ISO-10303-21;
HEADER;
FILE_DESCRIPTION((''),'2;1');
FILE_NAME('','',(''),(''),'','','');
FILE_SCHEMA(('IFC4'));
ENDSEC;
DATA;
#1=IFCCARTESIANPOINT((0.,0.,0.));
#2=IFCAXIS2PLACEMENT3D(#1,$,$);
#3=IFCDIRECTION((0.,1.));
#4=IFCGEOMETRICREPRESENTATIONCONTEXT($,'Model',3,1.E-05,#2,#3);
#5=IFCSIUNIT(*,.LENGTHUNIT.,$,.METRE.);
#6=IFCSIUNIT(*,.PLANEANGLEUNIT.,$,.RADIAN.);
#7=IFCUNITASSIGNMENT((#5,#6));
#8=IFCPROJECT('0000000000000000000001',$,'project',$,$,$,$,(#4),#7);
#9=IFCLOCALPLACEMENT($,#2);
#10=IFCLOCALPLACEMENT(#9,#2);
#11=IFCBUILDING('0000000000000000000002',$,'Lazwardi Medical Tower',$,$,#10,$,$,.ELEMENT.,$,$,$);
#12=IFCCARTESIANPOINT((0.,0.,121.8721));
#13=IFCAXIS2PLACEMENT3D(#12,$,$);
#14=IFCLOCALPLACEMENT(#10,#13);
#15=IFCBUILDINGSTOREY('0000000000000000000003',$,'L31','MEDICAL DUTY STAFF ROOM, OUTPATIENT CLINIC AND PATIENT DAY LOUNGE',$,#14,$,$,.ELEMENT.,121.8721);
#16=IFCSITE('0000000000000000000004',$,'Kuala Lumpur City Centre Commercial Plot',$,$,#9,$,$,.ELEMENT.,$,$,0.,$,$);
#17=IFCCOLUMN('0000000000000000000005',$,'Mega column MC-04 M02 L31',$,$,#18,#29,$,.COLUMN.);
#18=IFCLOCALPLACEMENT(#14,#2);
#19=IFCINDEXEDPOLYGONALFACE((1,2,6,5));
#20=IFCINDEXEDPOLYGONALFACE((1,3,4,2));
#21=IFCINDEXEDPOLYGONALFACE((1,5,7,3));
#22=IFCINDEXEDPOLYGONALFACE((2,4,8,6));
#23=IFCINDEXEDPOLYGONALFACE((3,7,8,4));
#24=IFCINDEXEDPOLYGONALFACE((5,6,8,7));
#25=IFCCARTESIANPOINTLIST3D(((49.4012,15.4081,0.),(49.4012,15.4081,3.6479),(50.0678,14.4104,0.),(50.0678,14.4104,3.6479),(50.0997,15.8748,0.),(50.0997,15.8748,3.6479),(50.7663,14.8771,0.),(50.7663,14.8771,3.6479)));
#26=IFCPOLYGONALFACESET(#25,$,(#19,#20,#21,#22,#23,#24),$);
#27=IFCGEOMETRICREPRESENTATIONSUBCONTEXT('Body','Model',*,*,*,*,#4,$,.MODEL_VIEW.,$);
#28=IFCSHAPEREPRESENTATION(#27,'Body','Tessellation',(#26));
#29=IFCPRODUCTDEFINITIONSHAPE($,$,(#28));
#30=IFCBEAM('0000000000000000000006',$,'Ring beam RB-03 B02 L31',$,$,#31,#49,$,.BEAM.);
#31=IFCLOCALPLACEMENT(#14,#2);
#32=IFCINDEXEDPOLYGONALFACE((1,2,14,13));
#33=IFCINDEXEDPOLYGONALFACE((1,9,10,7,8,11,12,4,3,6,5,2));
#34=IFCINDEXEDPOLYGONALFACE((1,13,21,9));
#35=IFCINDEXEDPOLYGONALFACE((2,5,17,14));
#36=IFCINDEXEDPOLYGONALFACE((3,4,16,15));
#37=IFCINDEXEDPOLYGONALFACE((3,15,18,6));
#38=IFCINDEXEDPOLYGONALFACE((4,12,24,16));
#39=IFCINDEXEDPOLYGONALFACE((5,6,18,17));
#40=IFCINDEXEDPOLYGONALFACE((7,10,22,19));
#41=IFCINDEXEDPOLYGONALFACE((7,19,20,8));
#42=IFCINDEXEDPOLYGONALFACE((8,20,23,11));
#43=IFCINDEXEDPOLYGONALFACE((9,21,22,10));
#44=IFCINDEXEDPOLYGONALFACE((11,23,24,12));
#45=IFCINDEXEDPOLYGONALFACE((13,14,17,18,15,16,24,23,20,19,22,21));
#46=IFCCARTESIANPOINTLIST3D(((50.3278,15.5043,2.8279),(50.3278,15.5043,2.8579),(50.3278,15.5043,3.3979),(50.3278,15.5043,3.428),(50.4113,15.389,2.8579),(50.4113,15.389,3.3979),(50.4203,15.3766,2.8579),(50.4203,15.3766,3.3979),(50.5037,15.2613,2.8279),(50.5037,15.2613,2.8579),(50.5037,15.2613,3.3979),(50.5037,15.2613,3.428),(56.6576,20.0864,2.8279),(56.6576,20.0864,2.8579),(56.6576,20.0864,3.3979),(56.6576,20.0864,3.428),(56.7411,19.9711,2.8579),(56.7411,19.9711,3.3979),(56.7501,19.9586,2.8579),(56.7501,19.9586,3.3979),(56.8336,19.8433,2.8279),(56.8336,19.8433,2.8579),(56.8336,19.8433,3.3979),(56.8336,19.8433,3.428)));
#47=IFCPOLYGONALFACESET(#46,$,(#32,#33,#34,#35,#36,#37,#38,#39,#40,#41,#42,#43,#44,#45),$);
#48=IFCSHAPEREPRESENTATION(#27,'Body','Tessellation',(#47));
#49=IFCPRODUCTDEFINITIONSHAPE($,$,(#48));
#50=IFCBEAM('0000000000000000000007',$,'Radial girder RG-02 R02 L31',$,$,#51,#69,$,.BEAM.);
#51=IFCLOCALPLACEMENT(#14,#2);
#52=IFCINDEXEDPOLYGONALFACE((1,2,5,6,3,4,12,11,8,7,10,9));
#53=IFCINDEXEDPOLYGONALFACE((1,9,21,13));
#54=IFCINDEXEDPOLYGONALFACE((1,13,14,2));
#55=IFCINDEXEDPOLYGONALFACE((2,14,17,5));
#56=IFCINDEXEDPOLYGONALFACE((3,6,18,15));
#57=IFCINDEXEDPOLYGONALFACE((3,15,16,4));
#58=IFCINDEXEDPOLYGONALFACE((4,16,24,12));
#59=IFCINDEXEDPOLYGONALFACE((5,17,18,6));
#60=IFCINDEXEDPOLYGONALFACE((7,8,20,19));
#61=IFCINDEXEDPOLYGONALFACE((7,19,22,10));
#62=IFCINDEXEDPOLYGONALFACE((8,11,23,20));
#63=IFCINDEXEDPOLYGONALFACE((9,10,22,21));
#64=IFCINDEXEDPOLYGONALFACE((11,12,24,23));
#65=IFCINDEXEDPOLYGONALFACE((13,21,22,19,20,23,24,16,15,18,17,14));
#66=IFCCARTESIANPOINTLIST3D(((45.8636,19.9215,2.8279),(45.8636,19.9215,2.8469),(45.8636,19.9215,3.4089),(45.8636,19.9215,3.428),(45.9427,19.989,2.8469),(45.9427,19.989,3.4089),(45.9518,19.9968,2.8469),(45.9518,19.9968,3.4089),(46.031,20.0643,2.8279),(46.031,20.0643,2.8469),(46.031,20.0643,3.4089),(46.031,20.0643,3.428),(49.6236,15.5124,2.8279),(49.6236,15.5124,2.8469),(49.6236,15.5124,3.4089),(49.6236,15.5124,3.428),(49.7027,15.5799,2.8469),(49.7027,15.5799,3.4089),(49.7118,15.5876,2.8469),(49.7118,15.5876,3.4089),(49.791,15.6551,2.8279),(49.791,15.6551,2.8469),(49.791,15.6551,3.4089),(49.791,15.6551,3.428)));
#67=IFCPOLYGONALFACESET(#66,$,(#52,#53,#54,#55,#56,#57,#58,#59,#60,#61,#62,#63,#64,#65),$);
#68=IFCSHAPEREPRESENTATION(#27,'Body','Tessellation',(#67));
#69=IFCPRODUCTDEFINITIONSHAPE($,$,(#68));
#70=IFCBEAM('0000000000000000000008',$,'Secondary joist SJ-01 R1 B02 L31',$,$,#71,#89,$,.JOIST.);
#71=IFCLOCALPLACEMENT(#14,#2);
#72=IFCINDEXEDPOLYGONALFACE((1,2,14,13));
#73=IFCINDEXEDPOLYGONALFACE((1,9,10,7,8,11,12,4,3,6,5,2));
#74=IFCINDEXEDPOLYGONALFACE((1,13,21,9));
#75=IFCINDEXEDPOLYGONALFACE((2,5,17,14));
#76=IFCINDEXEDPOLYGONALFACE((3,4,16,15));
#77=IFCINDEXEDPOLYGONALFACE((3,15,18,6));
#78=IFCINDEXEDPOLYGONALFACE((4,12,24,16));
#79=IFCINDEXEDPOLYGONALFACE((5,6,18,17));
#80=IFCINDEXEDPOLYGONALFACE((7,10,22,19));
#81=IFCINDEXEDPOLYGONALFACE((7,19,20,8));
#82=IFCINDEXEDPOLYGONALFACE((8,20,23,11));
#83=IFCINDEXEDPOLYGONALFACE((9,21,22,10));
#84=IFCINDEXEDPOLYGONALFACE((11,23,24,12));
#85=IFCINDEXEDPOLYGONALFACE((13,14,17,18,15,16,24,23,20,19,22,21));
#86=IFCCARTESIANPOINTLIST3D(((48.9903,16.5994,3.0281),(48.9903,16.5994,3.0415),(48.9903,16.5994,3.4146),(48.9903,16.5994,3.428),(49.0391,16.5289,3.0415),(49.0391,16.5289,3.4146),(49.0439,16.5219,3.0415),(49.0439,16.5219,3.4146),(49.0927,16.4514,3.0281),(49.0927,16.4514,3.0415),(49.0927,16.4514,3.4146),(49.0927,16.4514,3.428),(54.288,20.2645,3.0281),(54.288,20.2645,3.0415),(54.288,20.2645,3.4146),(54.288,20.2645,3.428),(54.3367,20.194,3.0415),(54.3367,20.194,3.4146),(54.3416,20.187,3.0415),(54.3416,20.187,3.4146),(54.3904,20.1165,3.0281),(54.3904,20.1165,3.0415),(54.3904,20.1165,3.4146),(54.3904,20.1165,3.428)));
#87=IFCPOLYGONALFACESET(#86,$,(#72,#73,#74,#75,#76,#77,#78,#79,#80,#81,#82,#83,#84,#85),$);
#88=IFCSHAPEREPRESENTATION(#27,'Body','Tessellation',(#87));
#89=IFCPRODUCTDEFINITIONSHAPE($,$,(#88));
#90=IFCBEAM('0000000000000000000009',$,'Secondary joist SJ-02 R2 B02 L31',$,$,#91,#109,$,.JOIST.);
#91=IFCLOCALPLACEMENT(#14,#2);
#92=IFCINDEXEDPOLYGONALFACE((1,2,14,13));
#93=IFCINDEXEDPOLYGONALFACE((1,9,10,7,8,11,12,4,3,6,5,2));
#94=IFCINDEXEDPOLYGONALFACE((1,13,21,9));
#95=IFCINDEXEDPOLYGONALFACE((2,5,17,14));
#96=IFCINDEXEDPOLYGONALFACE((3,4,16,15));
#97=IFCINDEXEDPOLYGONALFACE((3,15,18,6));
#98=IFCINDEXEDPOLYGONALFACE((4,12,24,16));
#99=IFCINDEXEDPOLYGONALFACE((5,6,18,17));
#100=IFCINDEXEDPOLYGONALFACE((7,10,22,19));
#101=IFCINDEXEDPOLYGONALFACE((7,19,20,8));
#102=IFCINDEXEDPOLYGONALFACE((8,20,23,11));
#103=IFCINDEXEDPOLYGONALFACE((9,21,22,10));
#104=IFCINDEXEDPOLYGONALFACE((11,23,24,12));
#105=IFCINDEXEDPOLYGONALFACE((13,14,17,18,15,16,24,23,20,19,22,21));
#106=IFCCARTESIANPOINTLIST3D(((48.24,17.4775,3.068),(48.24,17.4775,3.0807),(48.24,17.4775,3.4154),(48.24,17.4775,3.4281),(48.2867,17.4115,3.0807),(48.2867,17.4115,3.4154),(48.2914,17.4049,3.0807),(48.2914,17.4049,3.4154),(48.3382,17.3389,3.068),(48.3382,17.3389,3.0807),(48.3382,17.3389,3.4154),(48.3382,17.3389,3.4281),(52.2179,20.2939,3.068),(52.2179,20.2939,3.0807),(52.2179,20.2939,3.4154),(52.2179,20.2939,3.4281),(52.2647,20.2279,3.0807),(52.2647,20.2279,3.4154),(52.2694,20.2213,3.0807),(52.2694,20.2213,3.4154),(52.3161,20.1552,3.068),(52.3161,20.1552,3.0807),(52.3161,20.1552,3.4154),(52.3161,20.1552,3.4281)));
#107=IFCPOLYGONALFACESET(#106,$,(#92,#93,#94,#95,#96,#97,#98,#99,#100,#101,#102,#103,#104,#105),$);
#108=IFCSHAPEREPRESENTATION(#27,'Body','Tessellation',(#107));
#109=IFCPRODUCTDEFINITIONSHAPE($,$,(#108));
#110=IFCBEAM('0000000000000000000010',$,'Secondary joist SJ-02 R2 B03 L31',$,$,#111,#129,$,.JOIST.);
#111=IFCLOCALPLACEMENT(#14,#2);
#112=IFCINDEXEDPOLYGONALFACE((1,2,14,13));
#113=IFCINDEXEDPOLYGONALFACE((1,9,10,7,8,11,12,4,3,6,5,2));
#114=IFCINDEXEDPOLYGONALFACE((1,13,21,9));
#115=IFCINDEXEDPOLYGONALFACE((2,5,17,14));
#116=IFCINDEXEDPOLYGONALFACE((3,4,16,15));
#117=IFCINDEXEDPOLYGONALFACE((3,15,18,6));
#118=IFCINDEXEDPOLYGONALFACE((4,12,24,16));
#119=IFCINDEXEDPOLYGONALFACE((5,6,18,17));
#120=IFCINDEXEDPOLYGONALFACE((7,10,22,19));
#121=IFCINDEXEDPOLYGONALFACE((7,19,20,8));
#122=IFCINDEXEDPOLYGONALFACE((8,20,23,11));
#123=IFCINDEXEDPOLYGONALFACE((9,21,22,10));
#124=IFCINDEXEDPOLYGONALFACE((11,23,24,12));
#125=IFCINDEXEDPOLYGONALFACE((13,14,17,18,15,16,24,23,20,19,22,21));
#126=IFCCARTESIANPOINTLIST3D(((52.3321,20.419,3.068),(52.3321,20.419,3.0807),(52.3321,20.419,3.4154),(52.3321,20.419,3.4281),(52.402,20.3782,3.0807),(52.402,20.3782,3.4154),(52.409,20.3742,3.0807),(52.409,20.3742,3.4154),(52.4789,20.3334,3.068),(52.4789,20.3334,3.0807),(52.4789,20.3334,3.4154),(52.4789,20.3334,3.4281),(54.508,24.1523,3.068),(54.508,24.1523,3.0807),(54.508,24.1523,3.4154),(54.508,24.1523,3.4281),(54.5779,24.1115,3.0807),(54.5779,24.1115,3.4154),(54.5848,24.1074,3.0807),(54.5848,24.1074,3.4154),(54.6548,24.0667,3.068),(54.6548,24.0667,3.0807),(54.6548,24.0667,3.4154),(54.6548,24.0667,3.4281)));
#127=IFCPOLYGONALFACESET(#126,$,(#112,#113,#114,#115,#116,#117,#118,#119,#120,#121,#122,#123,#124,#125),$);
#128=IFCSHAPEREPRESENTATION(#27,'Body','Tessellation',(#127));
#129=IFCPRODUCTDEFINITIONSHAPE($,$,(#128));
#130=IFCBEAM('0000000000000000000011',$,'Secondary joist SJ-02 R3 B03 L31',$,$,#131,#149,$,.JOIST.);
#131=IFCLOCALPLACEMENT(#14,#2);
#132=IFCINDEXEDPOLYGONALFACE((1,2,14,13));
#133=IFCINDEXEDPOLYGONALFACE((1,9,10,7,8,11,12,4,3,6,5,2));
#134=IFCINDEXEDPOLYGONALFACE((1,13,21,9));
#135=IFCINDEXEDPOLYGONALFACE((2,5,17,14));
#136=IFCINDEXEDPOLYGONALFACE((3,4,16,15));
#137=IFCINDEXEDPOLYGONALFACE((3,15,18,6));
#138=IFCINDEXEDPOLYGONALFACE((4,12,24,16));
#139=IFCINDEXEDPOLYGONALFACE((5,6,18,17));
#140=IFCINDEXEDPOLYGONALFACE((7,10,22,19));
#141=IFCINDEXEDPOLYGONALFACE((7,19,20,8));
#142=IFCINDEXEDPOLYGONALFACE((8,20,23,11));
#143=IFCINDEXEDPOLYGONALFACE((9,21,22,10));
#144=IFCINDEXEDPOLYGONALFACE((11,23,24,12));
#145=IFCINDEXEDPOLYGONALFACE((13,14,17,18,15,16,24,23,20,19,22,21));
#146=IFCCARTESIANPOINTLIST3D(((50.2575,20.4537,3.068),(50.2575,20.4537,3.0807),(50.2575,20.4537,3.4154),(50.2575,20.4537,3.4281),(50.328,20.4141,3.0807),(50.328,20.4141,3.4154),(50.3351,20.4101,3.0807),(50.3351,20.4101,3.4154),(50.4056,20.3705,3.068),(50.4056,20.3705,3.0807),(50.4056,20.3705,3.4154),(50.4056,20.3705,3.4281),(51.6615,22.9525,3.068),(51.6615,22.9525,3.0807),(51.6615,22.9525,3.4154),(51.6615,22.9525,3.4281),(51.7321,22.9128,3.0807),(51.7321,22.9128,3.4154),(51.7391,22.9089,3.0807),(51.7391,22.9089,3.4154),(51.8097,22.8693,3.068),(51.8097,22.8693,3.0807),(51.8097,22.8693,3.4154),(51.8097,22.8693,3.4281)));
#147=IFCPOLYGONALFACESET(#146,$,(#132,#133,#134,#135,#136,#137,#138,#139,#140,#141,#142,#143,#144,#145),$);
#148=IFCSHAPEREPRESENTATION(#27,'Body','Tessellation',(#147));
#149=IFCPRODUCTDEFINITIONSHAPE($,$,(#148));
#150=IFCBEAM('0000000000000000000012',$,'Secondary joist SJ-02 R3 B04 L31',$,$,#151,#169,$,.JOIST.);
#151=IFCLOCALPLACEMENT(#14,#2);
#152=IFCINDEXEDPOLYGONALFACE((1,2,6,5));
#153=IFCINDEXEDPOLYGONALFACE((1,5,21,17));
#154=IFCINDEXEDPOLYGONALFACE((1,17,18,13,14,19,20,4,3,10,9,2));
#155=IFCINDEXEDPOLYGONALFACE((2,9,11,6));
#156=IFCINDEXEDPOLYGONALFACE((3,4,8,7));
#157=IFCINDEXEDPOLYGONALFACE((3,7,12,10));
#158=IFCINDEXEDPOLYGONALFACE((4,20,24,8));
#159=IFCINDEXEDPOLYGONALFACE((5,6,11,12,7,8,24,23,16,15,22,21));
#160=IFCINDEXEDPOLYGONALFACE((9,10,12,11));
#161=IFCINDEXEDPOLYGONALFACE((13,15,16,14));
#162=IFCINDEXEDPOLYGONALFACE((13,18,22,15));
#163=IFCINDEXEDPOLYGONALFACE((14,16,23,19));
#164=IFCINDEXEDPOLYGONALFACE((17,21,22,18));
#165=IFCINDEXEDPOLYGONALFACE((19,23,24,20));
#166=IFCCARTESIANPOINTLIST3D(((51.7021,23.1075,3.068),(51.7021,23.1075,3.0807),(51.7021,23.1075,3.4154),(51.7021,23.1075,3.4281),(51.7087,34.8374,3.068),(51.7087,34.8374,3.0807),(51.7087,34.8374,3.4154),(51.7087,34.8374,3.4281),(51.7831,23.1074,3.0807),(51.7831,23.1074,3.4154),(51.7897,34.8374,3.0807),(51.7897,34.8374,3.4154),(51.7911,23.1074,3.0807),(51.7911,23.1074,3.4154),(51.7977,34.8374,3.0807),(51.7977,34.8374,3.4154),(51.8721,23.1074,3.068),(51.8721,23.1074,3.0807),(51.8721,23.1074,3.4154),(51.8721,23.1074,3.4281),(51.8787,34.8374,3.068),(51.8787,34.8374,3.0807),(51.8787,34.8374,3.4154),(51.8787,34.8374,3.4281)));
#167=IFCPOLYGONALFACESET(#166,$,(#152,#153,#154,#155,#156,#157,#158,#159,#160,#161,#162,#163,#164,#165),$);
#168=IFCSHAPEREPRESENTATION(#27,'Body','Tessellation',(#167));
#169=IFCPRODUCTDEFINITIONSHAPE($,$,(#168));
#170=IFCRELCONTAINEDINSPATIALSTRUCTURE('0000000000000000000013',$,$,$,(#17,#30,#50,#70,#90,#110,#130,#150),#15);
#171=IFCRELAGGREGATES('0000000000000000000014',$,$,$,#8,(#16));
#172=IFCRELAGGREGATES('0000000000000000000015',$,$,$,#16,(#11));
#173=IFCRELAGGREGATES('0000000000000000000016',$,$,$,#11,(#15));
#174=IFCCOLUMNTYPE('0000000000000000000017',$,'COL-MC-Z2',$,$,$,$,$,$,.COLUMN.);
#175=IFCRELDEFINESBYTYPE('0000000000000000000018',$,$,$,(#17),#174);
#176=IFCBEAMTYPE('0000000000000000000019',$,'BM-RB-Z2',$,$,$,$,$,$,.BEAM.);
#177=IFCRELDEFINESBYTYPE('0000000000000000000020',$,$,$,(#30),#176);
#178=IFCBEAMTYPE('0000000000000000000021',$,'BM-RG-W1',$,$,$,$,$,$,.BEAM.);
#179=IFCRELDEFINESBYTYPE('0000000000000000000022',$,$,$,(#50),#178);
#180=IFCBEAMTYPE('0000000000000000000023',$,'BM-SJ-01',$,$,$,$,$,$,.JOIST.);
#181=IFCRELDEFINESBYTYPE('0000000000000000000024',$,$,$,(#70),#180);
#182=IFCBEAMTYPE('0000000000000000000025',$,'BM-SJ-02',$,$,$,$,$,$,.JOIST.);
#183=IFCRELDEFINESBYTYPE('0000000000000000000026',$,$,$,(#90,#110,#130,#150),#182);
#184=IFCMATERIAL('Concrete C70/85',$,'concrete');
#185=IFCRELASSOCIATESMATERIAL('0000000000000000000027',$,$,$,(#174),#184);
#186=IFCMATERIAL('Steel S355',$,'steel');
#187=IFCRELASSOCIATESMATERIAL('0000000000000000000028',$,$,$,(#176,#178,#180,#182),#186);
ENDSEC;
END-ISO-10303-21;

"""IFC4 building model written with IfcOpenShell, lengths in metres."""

from ifc_helpers import new_model, si_unit, direction, frame, origin, origin_2d, place, context, subcontext, project, spatial, rectangle, i_section, extrude, material, material_profile, profile_set, type_object, element, save


model = new_model("IFC4")

# Units and contexts
model_context = context("Model", 3, precision=1e-05, world=origin(), true_north=direction((0.0, 1.0)))
body_context = subcontext(model_context, "Body", "Model", "MODEL_VIEW")
ifc_project = project(units=[si_unit("LENGTHUNIT", "METRE"), si_unit("PLANEANGLEUNIT", "RADIAN")], contexts=[model_context])

# Site, building, storey
site_placement = place(None, origin())
site = spatial("IfcSite", under=ifc_project, at=site_placement, Name="Kuala Lumpur City Centre Commercial Plot", CompositionType="ELEMENT", RefElevation=0.0)
building_placement = place(site_placement, origin())
building = spatial("IfcBuilding", under=site, at=building_placement, Name="Lazwardi Medical Tower", CompositionType="ELEMENT")
storey_placement = place(building_placement, frame((0.0, 0.0, 121.8721)))
storey = spatial("IfcBuildingStorey", under=building, at=storey_placement, Name="L31", Description="MEDICAL DUTY STAFF ROOM, OUTPATIENT CLINIC AND PATIENT DAY LOUNGE", CompositionType="ELEMENT", Elevation=121.8721)

# Column
ifc_material_1 = material(Name="Concrete C70/85", Category="concrete")
ifc_material_profile_1 = material_profile(ifc_material_1, rectangle(XDim=1.2, YDim=0.8401, at=origin_2d()), Name="CFT-RECT 1200x840")
ifc_profile_set_1 = profile_set([ifc_material_profile_1], Name="Concrete C70/85")
column_type = type_object("IfcColumnType", Name="COL-MC-Z2", PredefinedType="COLUMN", material=ifc_profile_set_1)
column_placement = place(storey_placement, frame((50.0837, 15.1426, 0.0), z_axis=(0.0, 0.0, 1.0), x_axis=(0.55557, -0.83147, 0.0)))
element("IfcColumn", 1, at=column_placement, inside=storey, type_object=column_type, Name="Mega column MC-04 M02 L31", PredefinedType="COLUMN", context=body_context, shape_type="SweptSolid", body=[
    extrude(rectangle(XDim=1.2, YDim=0.8401, at=origin_2d()), origin(), (0.0, 0.0, 1.0), 3.6479),
])

# Beams
ifc_material_2 = material(Name="Steel S355", Category="steel")
ifc_material_profile_2 = material_profile(ifc_material_2, i_section(OverallWidth=0.3, OverallDepth=0.6001, WebThickness=0.0154, FlangeThickness=0.03, at=origin_2d()), Name="HEB 600")
ifc_profile_set_2 = profile_set([ifc_material_profile_2], Name="Steel S355")
beam_type_1 = type_object("IfcBeamType", Name="BM-RB-Z2", PredefinedType="BEAM", material=ifc_profile_set_2)
beam_1_placement = place(storey_placement, frame((50.4158, 15.3828, 3.1279), z_axis=(0.810042, 0.586372, 0.0), x_axis=(-0.586372, 0.810042, 0.0)))
element("IfcBeam", 2, at=beam_1_placement, inside=storey, type_object=beam_type_1, Name="Ring beam RB-03 B02 L31", PredefinedType="BEAM", context=body_context, shape_type="SweptSolid", body=[
    extrude(i_section(OverallWidth=0.3, OverallDepth=0.6001, WebThickness=0.0154, FlangeThickness=0.03, at=origin_2d()), origin(), (0.0, 0.0, 1.0), 7.8142),
])
ifc_material_profile_3 = material_profile(ifc_material_2, i_section(OverallWidth=0.22, OverallDepth=0.6001, WebThickness=0.012, FlangeThickness=0.019, at=origin_2d()), Name="IPE 600")
ifc_profile_set_3 = profile_set([ifc_material_profile_3], Name="Steel S355")
beam_type_2 = type_object("IfcBeamType", Name="BM-RG-W1", PredefinedType="BEAM", material=ifc_profile_set_3)
beam_2_placement = place(storey_placement, frame((49.7073, 15.5837, 3.1279), z_axis=(-0.648871, 0.760899, 0.0), x_axis=(-0.760899, -0.648871, 0.0)))
element("IfcBeam", 3, at=beam_2_placement, inside=storey, type_object=beam_type_2, Name="Radial girder RG-02 R02 L31", PredefinedType="BEAM", context=body_context, shape_type="SweptSolid", body=[
    extrude(i_section(OverallWidth=0.22, OverallDepth=0.6001, WebThickness=0.012, FlangeThickness=0.019, at=origin_2d()), origin(), (0.0, 0.0, 1.0), 5.7947),
])
ifc_material_profile_4 = material_profile(ifc_material_2, i_section(OverallWidth=0.1799, OverallDepth=0.3999, WebThickness=0.0085, FlangeThickness=0.0134, at=origin_2d()), Name="IPE 400")
ifc_profile_set_4 = profile_set([ifc_material_profile_4], Name="Steel S355")
beam_type_3 = type_object("IfcBeamType", Name="BM-SJ-01", PredefinedType="JOIST", material=ifc_profile_set_4)
beam_3_placement = place(storey_placement, frame((49.0415, 16.5254, 3.228), z_axis=(0.822376, 0.568944, 0.0), x_axis=(-0.568944, 0.822376, 0.0)))
element("IfcBeam", 4, at=beam_3_placement, inside=storey, type_object=beam_type_3, Name="Secondary joist SJ-01 R1 B02 L31", PredefinedType="JOIST", context=body_context, shape_type="SweptSolid", body=[
    extrude(i_section(OverallWidth=0.1799, OverallDepth=0.3999, WebThickness=0.0085, FlangeThickness=0.0134, at=origin_2d()), origin(), (0.0, 0.0, 1.0), 6.4419),
])
ifc_material_profile_5 = material_profile(ifc_material_2, i_section(OverallWidth=0.1699, OverallDepth=0.3601, WebThickness=0.0081, FlangeThickness=0.0127, at=origin_2d()), Name="IPE 360")
ifc_profile_set_5 = profile_set([ifc_material_profile_5], Name="Steel S355")
beam_type_4 = type_object("IfcBeamType", Name="BM-SJ-02", PredefinedType="JOIST", material=ifc_profile_set_5)
beam_4_placement = place(storey_placement, frame((48.2891, 17.4082, 3.248), z_axis=(0.816156, 0.577831, 0.0), x_axis=(-0.577831, 0.816156, 0.0)))
element("IfcBeam", 5, at=beam_4_placement, inside=storey, type_object=beam_type_4, Name="Secondary joist SJ-02 R2 B02 L31", PredefinedType="JOIST", context=body_context, shape_type="SweptSolid", body=[
    extrude(i_section(OverallWidth=0.1699, OverallDepth=0.3601, WebThickness=0.0081, FlangeThickness=0.0127, at=origin_2d()), origin(), (0.0, 0.0, 1.0), 4.874),
])
beam_5_placement = place(storey_placement, frame((52.4055, 20.3762, 3.248), z_axis=(0.503544, 0.863969, 0.0), x_axis=(-0.863969, 0.503544, 0.0)))
element("IfcBeam", 6, at=beam_5_placement, inside=storey, type_object=beam_type_4, Name="Secondary joist SJ-02 R2 B03 L31", PredefinedType="JOIST", context=body_context, shape_type="SweptSolid", body=[
    extrude(i_section(OverallWidth=0.1699, OverallDepth=0.3601, WebThickness=0.0081, FlangeThickness=0.0127, at=origin_2d()), origin(), (0.0, 0.0, 1.0), 4.321),
])
beam_6_placement = place(storey_placement, frame((50.3315, 20.4121, 3.248), z_axis=(0.489861, 0.871801, 0.0), x_axis=(-0.871801, 0.489861, 0.0)))
element("IfcBeam", 7, at=beam_6_placement, inside=storey, type_object=beam_type_4, Name="Secondary joist SJ-02 R3 B03 L31", PredefinedType="JOIST", context=body_context, shape_type="SweptSolid", body=[
    extrude(i_section(OverallWidth=0.1699, OverallDepth=0.3601, WebThickness=0.0081, FlangeThickness=0.0127, at=origin_2d()), origin(), (0.0, 0.0, 1.0), 2.8662),
])
beam_7_placement = place(storey_placement, frame((51.7871, 23.1074, 3.248), z_axis=(0.000562, 1.0, 0.0), x_axis=(-1.0, 0.000562, 0.0)))
element("IfcBeam", 8, at=beam_7_placement, inside=storey, type_object=beam_type_4, Name="Secondary joist SJ-02 R3 B04 L31", PredefinedType="JOIST", context=body_context, shape_type="SweptSolid", body=[
    extrude(i_section(OverallWidth=0.1699, OverallDepth=0.3601, WebThickness=0.0081, FlangeThickness=0.0127, at=origin_2d()), origin(), (0.0, 0.0, 1.0), 11.73),
])

save(model, "model.ifc")
